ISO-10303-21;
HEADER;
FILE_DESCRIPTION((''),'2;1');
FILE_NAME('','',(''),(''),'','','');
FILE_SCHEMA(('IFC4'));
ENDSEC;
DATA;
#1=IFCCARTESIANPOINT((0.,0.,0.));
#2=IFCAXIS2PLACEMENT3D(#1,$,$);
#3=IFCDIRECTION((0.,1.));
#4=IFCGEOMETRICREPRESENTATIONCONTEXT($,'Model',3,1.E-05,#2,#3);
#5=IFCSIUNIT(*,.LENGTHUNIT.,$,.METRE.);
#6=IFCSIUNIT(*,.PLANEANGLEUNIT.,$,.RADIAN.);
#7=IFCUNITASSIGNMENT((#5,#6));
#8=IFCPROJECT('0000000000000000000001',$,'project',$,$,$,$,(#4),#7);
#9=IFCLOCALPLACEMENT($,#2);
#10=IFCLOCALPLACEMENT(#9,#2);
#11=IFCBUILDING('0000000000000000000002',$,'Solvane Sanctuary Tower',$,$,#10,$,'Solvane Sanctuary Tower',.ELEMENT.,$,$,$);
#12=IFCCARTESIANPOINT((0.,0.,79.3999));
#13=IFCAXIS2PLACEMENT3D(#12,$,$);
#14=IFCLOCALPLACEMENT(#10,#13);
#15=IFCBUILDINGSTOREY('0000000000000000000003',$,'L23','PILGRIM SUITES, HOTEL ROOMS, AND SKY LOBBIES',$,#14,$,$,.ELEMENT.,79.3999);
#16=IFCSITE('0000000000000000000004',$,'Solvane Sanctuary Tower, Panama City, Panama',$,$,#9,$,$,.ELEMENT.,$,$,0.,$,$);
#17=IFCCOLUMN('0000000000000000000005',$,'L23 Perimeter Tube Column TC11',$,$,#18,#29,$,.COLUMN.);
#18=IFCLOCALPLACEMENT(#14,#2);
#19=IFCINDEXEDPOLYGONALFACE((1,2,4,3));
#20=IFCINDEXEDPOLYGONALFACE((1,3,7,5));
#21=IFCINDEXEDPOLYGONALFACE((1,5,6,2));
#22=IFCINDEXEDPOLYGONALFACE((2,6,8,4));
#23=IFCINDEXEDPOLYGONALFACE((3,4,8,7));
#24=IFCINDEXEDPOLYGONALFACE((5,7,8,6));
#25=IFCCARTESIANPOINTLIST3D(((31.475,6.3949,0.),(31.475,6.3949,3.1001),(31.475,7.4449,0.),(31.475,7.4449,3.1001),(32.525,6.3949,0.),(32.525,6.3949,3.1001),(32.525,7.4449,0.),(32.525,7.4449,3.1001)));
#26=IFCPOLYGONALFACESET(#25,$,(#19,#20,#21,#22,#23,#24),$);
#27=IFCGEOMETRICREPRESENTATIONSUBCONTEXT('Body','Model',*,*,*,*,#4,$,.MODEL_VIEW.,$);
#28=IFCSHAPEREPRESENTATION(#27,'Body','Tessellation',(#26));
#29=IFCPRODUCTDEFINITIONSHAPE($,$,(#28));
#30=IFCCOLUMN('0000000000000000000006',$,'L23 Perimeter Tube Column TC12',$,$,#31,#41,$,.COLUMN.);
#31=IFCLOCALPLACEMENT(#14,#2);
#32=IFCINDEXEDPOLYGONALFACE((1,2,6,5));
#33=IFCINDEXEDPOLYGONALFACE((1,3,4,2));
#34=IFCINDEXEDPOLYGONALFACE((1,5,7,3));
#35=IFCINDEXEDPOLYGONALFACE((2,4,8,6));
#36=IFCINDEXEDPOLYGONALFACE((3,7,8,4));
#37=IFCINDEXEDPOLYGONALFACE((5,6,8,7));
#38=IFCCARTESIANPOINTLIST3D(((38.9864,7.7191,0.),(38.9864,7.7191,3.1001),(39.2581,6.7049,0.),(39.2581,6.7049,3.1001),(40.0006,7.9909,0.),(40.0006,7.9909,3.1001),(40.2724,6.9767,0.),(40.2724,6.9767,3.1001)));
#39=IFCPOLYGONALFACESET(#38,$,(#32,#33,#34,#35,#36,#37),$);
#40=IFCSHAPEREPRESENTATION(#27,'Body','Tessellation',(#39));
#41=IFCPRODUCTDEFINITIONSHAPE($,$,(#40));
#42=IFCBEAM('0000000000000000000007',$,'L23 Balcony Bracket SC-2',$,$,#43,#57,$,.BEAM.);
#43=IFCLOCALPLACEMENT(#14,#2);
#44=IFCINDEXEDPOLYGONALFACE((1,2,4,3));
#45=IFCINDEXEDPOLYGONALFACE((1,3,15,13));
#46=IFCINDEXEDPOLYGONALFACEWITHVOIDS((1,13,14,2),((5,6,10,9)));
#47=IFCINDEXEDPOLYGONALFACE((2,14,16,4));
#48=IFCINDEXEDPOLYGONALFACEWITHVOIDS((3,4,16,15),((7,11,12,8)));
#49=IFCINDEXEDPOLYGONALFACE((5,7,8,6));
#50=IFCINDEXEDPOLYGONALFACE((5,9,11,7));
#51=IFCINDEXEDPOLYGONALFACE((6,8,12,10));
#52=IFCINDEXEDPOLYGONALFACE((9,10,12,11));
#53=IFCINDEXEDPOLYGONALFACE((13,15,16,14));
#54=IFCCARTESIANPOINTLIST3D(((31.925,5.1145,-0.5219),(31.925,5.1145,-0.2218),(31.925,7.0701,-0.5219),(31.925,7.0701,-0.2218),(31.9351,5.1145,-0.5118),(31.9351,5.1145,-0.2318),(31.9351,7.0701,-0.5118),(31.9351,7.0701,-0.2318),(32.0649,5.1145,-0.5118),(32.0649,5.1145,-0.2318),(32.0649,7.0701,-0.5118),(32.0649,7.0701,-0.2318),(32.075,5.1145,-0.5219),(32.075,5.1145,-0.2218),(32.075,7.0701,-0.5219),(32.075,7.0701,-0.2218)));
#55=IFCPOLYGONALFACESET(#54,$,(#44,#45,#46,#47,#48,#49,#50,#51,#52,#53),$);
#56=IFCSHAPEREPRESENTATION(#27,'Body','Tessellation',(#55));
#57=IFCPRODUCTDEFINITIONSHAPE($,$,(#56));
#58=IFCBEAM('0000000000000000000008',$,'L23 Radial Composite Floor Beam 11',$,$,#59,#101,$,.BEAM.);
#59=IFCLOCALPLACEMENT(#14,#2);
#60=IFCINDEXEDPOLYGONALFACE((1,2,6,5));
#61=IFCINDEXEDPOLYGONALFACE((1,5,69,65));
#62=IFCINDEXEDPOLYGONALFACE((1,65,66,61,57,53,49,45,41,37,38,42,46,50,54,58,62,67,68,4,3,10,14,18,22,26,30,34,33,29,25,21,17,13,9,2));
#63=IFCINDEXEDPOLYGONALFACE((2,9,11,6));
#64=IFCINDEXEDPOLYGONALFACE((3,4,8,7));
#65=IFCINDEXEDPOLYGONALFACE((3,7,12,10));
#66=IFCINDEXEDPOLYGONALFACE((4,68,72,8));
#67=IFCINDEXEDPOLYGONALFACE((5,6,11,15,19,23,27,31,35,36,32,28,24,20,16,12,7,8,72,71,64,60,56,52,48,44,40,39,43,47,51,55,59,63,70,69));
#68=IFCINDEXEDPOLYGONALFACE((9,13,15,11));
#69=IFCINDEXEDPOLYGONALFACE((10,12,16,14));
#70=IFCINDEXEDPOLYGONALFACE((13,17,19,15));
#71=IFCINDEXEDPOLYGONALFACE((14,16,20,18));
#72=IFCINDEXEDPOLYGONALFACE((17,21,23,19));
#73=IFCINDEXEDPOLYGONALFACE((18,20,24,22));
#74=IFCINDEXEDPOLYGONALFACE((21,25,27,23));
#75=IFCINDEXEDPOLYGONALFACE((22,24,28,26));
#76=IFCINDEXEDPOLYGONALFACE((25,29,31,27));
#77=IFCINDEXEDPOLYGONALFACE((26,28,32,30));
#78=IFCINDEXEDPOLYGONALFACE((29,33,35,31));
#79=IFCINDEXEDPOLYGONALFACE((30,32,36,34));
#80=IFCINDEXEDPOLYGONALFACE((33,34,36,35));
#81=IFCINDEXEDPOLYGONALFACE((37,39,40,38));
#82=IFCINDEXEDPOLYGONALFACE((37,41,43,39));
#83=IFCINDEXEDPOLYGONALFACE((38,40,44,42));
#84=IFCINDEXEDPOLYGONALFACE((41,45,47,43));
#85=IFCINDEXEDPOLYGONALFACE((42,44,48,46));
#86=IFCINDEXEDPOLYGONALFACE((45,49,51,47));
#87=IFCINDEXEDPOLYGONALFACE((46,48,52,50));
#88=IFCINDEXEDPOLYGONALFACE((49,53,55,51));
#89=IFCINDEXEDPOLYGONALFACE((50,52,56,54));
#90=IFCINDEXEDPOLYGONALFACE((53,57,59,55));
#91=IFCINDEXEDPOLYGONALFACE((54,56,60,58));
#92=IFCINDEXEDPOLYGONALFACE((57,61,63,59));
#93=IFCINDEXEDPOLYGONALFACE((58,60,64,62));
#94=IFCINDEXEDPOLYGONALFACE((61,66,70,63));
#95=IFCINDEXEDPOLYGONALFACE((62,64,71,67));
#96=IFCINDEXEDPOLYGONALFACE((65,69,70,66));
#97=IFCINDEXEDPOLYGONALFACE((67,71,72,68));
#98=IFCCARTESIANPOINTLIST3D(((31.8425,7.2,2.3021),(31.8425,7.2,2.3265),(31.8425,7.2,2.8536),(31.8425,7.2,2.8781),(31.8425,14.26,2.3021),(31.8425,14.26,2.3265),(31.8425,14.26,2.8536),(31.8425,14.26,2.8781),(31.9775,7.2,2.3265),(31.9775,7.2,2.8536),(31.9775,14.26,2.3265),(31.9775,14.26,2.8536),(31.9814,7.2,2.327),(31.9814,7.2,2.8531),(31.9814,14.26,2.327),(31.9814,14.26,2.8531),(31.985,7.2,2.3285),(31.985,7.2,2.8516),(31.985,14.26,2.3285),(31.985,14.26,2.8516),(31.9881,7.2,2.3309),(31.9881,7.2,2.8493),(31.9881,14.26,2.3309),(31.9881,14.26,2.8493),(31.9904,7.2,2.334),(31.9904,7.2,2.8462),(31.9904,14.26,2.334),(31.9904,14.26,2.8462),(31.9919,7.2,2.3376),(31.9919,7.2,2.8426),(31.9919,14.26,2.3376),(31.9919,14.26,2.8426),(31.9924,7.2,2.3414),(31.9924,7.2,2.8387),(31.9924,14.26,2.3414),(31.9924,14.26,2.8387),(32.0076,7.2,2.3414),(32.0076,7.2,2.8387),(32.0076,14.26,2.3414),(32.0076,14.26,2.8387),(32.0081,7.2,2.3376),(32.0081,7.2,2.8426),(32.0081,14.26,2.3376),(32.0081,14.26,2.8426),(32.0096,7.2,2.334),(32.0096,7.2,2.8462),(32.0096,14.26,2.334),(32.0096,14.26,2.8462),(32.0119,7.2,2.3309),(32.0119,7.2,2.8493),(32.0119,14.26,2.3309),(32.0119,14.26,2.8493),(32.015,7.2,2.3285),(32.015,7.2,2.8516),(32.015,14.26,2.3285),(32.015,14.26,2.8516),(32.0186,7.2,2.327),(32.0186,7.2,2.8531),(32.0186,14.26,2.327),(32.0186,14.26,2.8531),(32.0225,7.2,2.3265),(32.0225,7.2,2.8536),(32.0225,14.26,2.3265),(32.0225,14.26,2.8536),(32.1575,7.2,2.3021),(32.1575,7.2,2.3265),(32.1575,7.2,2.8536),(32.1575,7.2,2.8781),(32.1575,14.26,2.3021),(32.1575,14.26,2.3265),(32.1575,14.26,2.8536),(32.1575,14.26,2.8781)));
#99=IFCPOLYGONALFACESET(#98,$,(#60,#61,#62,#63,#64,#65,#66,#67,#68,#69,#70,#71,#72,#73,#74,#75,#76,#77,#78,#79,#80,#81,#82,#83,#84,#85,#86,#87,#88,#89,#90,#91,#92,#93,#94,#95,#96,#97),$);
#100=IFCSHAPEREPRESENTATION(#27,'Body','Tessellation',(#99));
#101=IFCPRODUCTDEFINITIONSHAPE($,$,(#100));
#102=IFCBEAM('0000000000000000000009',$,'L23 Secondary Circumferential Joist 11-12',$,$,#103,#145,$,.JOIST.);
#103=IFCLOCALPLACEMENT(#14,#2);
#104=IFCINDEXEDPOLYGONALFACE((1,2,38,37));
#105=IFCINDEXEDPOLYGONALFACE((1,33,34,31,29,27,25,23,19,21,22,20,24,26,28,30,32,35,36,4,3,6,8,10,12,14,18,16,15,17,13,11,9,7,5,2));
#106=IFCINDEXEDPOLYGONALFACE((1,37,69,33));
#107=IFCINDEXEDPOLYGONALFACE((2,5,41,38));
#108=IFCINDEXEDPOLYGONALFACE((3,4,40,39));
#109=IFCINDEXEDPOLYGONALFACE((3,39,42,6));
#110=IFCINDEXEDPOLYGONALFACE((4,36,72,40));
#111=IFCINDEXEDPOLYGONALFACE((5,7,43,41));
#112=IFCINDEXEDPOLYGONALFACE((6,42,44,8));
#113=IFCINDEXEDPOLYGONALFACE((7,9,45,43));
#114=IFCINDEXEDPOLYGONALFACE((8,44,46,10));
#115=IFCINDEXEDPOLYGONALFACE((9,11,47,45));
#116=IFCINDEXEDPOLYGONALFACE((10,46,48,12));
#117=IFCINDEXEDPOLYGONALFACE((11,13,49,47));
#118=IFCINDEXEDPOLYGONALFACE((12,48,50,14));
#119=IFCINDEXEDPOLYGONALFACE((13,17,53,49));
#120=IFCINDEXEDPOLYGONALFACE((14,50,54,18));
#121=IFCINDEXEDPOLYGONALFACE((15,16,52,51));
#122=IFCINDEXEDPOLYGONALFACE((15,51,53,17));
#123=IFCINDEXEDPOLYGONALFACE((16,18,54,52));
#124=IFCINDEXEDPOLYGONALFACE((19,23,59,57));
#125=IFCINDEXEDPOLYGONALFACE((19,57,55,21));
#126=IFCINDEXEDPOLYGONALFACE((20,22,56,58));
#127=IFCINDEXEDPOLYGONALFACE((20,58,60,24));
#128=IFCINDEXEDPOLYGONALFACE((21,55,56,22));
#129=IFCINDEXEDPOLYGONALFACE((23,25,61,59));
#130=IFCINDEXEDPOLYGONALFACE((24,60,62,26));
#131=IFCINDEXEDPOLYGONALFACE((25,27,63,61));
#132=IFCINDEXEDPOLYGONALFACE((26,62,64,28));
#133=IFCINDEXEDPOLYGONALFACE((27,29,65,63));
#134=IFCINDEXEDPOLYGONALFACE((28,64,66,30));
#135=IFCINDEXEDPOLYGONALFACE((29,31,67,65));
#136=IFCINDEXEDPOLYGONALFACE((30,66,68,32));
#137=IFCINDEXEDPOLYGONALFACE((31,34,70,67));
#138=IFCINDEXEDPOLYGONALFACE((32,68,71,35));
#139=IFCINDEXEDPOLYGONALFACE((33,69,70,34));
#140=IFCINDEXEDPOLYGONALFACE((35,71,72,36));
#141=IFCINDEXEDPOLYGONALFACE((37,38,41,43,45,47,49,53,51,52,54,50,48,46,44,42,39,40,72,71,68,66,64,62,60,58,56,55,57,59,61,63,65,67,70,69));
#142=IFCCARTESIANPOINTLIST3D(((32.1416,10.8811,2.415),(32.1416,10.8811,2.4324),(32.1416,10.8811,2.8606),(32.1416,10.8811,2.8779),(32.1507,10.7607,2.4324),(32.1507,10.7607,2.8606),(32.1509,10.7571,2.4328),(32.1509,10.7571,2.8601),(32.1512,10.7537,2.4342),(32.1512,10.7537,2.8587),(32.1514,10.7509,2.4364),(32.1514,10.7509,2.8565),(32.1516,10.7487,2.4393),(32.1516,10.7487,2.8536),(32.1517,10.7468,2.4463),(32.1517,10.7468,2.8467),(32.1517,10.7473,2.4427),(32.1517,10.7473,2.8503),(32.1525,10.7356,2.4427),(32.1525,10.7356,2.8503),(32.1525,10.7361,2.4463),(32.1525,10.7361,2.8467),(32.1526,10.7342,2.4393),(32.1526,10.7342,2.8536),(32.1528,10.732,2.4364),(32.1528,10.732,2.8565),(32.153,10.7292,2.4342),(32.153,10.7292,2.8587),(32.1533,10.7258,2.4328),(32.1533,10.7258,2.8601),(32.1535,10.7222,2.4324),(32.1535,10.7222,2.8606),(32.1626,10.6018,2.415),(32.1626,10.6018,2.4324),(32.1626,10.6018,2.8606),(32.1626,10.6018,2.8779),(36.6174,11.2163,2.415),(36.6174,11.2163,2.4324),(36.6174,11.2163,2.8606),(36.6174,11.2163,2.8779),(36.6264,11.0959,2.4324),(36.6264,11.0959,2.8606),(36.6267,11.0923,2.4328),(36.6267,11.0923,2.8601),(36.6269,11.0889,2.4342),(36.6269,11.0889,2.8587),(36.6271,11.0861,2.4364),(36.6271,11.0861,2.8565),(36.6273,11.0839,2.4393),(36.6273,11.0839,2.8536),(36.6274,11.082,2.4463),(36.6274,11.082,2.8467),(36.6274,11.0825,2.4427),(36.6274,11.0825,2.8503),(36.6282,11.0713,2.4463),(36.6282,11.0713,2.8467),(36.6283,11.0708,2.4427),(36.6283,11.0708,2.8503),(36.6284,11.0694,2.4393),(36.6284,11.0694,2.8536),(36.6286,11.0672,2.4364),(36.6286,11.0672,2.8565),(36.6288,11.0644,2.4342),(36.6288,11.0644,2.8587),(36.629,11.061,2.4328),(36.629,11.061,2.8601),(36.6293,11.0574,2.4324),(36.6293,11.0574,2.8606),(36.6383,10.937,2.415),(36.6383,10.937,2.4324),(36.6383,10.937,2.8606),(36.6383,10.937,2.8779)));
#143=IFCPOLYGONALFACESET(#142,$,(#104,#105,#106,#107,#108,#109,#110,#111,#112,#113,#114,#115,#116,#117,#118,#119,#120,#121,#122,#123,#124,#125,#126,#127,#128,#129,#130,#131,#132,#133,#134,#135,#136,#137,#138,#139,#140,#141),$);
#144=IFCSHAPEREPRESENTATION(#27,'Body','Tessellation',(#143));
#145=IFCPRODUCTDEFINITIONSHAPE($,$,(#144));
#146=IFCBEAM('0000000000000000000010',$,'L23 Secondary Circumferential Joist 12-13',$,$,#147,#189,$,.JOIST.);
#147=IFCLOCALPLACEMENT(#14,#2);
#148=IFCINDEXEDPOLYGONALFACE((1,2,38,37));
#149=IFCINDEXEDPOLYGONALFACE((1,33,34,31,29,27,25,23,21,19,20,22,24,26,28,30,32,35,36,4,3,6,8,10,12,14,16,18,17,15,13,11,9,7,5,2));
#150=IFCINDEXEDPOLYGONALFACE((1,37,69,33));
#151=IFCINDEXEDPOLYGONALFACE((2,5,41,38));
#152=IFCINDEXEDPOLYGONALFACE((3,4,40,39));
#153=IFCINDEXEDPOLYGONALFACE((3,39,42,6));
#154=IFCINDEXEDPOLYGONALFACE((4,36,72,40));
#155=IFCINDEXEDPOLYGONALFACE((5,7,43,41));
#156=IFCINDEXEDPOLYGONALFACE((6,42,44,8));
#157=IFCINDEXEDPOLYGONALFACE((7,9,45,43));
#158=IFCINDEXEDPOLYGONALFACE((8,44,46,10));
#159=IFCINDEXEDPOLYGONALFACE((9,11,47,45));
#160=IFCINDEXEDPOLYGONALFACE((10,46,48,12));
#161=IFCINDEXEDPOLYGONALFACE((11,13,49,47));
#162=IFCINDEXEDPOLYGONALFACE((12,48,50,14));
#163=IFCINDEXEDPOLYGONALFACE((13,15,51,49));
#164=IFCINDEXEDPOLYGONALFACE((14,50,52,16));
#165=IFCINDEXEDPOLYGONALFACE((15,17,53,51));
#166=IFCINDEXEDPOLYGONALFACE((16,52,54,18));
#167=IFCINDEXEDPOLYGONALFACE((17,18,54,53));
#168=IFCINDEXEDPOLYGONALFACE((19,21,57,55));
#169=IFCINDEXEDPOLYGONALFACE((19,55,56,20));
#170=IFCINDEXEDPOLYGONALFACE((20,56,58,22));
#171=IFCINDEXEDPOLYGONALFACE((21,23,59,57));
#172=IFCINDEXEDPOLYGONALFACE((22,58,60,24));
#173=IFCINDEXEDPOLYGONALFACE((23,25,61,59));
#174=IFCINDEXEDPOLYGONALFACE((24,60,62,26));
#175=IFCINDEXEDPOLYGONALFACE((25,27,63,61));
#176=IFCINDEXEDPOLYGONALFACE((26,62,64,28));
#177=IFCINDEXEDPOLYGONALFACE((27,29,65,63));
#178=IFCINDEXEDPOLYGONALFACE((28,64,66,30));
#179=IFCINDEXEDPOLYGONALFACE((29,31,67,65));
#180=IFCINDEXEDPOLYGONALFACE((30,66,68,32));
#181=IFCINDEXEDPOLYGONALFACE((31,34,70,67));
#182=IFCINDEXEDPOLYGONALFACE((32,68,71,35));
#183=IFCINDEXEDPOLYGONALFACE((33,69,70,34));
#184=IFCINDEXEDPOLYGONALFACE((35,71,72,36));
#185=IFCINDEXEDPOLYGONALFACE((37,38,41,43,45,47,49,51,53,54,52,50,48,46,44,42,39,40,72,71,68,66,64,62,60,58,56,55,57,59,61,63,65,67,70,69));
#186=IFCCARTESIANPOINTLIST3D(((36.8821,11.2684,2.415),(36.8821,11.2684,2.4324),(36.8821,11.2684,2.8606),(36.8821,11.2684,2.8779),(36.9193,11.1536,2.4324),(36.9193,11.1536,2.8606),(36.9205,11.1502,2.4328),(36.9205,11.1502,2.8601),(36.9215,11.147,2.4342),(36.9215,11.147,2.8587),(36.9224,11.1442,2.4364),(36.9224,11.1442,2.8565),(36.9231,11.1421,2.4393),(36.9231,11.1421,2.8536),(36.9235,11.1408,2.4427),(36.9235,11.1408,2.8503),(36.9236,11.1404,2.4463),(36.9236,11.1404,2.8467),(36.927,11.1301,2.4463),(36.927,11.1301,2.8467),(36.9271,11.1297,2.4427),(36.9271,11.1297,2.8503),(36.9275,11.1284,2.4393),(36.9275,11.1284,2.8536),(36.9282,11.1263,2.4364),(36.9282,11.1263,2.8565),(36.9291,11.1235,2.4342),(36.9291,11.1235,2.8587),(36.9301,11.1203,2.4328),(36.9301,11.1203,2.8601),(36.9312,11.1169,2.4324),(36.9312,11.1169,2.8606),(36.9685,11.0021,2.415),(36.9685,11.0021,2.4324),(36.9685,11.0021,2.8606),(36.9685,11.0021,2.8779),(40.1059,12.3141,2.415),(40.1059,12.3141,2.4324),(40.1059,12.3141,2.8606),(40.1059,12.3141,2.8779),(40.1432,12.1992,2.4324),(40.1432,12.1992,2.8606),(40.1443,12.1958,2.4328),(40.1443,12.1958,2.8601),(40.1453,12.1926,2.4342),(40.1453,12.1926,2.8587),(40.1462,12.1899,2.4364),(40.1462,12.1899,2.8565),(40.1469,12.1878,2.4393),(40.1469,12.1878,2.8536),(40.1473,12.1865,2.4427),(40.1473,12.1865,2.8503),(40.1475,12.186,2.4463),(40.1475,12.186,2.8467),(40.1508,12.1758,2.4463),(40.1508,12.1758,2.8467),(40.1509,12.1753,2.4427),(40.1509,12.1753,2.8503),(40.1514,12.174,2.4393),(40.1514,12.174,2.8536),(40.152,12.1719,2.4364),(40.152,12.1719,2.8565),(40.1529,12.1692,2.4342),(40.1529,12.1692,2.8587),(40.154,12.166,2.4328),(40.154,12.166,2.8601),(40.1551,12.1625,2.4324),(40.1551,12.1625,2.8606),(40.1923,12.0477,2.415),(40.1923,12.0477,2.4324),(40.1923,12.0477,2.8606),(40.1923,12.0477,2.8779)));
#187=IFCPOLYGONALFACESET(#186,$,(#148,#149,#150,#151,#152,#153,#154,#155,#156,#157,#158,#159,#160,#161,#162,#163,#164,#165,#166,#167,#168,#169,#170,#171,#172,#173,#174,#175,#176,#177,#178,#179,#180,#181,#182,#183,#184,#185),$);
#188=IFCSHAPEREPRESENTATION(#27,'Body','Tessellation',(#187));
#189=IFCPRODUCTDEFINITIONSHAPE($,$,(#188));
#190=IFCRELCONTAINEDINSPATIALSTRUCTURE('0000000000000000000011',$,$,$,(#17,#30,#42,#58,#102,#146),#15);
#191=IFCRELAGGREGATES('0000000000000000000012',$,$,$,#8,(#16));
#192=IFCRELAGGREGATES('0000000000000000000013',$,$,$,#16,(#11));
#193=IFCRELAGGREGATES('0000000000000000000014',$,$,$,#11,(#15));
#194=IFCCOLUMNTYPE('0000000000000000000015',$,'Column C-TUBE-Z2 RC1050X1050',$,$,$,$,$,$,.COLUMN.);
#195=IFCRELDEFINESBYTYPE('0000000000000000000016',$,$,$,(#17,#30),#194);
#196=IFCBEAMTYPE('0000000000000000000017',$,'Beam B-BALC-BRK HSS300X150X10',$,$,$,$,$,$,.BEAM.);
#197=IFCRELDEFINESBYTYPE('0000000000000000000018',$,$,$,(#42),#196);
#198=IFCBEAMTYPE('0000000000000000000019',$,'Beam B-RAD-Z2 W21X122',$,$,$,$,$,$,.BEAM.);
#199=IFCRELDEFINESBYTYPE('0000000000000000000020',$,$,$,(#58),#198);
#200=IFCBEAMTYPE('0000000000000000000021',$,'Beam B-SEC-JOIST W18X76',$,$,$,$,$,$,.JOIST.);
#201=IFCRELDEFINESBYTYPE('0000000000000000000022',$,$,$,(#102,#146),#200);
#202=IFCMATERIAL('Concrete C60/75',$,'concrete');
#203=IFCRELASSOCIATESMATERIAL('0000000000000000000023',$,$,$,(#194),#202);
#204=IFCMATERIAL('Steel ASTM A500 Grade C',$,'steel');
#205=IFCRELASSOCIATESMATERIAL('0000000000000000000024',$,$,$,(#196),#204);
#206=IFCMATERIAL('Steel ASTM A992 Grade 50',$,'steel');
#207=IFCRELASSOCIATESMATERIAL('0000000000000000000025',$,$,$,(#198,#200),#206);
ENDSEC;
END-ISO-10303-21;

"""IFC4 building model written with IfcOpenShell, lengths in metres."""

from ifc_helpers import new_model, si_unit, direction, frame, origin, origin_2d, place, context, subcontext, project, spatial, rectangle, hollow_rectangle, i_section, extrude, material, material_profile, profile_set, type_object, element, save


model = new_model("IFC4")

# Units and contexts
model_context = context("Model", 3, precision=1e-05, world=origin(), true_north=direction((0.0, 1.0)))
body_context = subcontext(model_context, "Body", "Model", "MODEL_VIEW")
ifc_project = project(units=[si_unit("LENGTHUNIT", "METRE"), si_unit("PLANEANGLEUNIT", "RADIAN")], contexts=[model_context])

# Site, building, storey
site_placement = place(None, origin())
site = spatial("IfcSite", under=ifc_project, at=site_placement, Name="Solvane Sanctuary Tower, Panama City, Panama", CompositionType="ELEMENT", RefElevation=0.0)
building_placement = place(site_placement, origin())
building = spatial("IfcBuilding", under=site, at=building_placement, Name="Solvane Sanctuary Tower", LongName="Solvane Sanctuary Tower", CompositionType="ELEMENT")
storey_placement = place(building_placement, frame((0.0, 0.0, 79.3999)))
storey = spatial("IfcBuildingStorey", under=building, at=storey_placement, Name="L23", Description="PILGRIM SUITES, HOTEL ROOMS, AND SKY LOBBIES", CompositionType="ELEMENT", Elevation=79.3999)

# Columns
ifc_material_1 = material(Name="Concrete C60/75", Category="concrete")
ifc_material_profile_1 = material_profile(ifc_material_1, rectangle(XDim=1.05, YDim=1.05, at=origin_2d()), Name="RC1050X1050")
ifc_profile_set_1 = profile_set([ifc_material_profile_1], Name="Concrete C60/75")
column_type = type_object("IfcColumnType", Name="Column C-TUBE-Z2 RC1050X1050", PredefinedType="COLUMN", material=ifc_profile_set_1)
for number, where, z_axis, x_axis, name in (
    (1, (32.0, 6.9199, 0.0), (0.0, 0.0, 1.0), (0.0, -1.0, 0.0), "L23 Perimeter Tube Column TC11"),
    (2, (39.6294, 7.3479, 0.0), (0.0, 0.0, 1.0), (0.258819, -0.965926, 0.0), "L23 Perimeter Tube Column TC12"),
):
    element("IfcColumn", number, at=place(storey_placement, frame(where, z_axis=z_axis, x_axis=x_axis)), inside=storey, type_object=column_type, Name=name, PredefinedType="COLUMN", context=body_context, shape_type="SweptSolid", body=[
        extrude(rectangle(XDim=1.05, YDim=1.05, at=origin_2d()), origin(), (0.0, 0.0, 1.0), 3.1001),
    ])

# Beams
ifc_material_2 = material(Name="Steel ASTM A500 Grade C", Category="steel")
ifc_material_profile_2 = material_profile(ifc_material_2, hollow_rectangle(XDim=0.1499, YDim=0.3, WallThickness=0.01, at=origin_2d()), Name="HSS300X150X10")
ifc_profile_set_2 = profile_set([ifc_material_profile_2], Name="Steel ASTM A500 Grade C")
beam_type_1 = type_object("IfcBeamType", Name="Beam B-BALC-BRK HSS300X150X10", PredefinedType="BEAM", material=ifc_profile_set_2)
beam_1_placement = place(storey_placement, frame((32.0, 7.0701, -0.3718), z_axis=(0.0, -1.0, 0.0), x_axis=(1.0, 0.0, 0.0)))
element("IfcBeam", 3, at=beam_1_placement, inside=storey, type_object=beam_type_1, Name="L23 Balcony Bracket SC-2", PredefinedType="BEAM", context=body_context, shape_type="SweptSolid", body=[
    extrude(hollow_rectangle(XDim=0.1499, YDim=0.3, WallThickness=0.01, at=origin_2d()), origin(), (0.0, 0.0, 1.0), 1.9556),
])
ifc_material_3 = material(Name="Steel ASTM A992 Grade 50", Category="steel")
ifc_material_profile_3 = material_profile(ifc_material_3, i_section(OverallWidth=0.3149, OverallDepth=0.5759, WebThickness=0.0151, FlangeThickness=0.0244, FilletRadius=0.0149, at=origin_2d()), Name="W21X122")
ifc_profile_set_3 = profile_set([ifc_material_profile_3], Name="Steel ASTM A992 Grade 50")
beam_type_2 = type_object("IfcBeamType", Name="Beam B-RAD-Z2 W21X122", PredefinedType="BEAM", material=ifc_profile_set_3)
beam_2_placement = place(storey_placement, frame((32.0, 14.26, 2.5901), z_axis=(0.0, -1.0, 0.0), x_axis=(1.0, 0.0, 0.0)))
element("IfcBeam", 4, at=beam_2_placement, inside=storey, type_object=beam_type_2, Name="L23 Radial Composite Floor Beam 11", PredefinedType="BEAM", context=body_context, shape_type="SweptSolid", body=[
    extrude(i_section(OverallWidth=0.3149, OverallDepth=0.5759, WebThickness=0.0151, FlangeThickness=0.0244, FilletRadius=0.0149, at=origin_2d()), origin(), (0.0, 0.0, 1.0), 7.0601),
])
ifc_material_profile_4 = material_profile(ifc_material_3, i_section(OverallWidth=0.28, OverallDepth=0.4629, WebThickness=0.0107, FlangeThickness=0.0173, FilletRadius=0.0139, at=origin_2d()), Name="W18X76")
ifc_profile_set_4 = profile_set([ifc_material_profile_4], Name="Steel ASTM A992 Grade 50")
beam_type_3 = type_object("IfcBeamType", Name="Beam B-SEC-JOIST W18X76", PredefinedType="JOIST", material=ifc_profile_set_4)
beam_3_placement = place(storey_placement, frame((32.1521, 10.7415, 2.6465), z_axis=(0.997207, 0.074683, 0.0), x_axis=(-0.074683, 0.997207, 0.0)))
element("IfcBeam", 5, at=beam_3_placement, inside=storey, type_object=beam_type_3, Name="L23 Secondary Circumferential Joist 11-12", PredefinedType="JOIST", context=body_context, shape_type="SweptSolid", body=[
    extrude(i_section(OverallWidth=0.28, OverallDepth=0.4629, WebThickness=0.0107, FlangeThickness=0.0173, FilletRadius=0.0139, at=origin_2d()), origin(), (0.0, 0.0, 1.0), 4.4883),
])
beam_4_placement = place(storey_placement, frame((36.9253, 11.1353, 2.6465), z_axis=(0.951217, 0.308524, 0.0), x_axis=(-0.308524, 0.951217, 0.0)))
element("IfcBeam", 6, at=beam_4_placement, inside=storey, type_object=beam_type_3, Name="L23 Secondary Circumferential Joist 12-13", PredefinedType="JOIST", context=body_context, shape_type="SweptSolid", body=[
    extrude(i_section(OverallWidth=0.28, OverallDepth=0.4629, WebThickness=0.0107, FlangeThickness=0.0173, FilletRadius=0.0139, at=origin_2d()), origin(), (0.0, 0.0, 1.0), 3.3892),
])

save(model, "model.ifc")
